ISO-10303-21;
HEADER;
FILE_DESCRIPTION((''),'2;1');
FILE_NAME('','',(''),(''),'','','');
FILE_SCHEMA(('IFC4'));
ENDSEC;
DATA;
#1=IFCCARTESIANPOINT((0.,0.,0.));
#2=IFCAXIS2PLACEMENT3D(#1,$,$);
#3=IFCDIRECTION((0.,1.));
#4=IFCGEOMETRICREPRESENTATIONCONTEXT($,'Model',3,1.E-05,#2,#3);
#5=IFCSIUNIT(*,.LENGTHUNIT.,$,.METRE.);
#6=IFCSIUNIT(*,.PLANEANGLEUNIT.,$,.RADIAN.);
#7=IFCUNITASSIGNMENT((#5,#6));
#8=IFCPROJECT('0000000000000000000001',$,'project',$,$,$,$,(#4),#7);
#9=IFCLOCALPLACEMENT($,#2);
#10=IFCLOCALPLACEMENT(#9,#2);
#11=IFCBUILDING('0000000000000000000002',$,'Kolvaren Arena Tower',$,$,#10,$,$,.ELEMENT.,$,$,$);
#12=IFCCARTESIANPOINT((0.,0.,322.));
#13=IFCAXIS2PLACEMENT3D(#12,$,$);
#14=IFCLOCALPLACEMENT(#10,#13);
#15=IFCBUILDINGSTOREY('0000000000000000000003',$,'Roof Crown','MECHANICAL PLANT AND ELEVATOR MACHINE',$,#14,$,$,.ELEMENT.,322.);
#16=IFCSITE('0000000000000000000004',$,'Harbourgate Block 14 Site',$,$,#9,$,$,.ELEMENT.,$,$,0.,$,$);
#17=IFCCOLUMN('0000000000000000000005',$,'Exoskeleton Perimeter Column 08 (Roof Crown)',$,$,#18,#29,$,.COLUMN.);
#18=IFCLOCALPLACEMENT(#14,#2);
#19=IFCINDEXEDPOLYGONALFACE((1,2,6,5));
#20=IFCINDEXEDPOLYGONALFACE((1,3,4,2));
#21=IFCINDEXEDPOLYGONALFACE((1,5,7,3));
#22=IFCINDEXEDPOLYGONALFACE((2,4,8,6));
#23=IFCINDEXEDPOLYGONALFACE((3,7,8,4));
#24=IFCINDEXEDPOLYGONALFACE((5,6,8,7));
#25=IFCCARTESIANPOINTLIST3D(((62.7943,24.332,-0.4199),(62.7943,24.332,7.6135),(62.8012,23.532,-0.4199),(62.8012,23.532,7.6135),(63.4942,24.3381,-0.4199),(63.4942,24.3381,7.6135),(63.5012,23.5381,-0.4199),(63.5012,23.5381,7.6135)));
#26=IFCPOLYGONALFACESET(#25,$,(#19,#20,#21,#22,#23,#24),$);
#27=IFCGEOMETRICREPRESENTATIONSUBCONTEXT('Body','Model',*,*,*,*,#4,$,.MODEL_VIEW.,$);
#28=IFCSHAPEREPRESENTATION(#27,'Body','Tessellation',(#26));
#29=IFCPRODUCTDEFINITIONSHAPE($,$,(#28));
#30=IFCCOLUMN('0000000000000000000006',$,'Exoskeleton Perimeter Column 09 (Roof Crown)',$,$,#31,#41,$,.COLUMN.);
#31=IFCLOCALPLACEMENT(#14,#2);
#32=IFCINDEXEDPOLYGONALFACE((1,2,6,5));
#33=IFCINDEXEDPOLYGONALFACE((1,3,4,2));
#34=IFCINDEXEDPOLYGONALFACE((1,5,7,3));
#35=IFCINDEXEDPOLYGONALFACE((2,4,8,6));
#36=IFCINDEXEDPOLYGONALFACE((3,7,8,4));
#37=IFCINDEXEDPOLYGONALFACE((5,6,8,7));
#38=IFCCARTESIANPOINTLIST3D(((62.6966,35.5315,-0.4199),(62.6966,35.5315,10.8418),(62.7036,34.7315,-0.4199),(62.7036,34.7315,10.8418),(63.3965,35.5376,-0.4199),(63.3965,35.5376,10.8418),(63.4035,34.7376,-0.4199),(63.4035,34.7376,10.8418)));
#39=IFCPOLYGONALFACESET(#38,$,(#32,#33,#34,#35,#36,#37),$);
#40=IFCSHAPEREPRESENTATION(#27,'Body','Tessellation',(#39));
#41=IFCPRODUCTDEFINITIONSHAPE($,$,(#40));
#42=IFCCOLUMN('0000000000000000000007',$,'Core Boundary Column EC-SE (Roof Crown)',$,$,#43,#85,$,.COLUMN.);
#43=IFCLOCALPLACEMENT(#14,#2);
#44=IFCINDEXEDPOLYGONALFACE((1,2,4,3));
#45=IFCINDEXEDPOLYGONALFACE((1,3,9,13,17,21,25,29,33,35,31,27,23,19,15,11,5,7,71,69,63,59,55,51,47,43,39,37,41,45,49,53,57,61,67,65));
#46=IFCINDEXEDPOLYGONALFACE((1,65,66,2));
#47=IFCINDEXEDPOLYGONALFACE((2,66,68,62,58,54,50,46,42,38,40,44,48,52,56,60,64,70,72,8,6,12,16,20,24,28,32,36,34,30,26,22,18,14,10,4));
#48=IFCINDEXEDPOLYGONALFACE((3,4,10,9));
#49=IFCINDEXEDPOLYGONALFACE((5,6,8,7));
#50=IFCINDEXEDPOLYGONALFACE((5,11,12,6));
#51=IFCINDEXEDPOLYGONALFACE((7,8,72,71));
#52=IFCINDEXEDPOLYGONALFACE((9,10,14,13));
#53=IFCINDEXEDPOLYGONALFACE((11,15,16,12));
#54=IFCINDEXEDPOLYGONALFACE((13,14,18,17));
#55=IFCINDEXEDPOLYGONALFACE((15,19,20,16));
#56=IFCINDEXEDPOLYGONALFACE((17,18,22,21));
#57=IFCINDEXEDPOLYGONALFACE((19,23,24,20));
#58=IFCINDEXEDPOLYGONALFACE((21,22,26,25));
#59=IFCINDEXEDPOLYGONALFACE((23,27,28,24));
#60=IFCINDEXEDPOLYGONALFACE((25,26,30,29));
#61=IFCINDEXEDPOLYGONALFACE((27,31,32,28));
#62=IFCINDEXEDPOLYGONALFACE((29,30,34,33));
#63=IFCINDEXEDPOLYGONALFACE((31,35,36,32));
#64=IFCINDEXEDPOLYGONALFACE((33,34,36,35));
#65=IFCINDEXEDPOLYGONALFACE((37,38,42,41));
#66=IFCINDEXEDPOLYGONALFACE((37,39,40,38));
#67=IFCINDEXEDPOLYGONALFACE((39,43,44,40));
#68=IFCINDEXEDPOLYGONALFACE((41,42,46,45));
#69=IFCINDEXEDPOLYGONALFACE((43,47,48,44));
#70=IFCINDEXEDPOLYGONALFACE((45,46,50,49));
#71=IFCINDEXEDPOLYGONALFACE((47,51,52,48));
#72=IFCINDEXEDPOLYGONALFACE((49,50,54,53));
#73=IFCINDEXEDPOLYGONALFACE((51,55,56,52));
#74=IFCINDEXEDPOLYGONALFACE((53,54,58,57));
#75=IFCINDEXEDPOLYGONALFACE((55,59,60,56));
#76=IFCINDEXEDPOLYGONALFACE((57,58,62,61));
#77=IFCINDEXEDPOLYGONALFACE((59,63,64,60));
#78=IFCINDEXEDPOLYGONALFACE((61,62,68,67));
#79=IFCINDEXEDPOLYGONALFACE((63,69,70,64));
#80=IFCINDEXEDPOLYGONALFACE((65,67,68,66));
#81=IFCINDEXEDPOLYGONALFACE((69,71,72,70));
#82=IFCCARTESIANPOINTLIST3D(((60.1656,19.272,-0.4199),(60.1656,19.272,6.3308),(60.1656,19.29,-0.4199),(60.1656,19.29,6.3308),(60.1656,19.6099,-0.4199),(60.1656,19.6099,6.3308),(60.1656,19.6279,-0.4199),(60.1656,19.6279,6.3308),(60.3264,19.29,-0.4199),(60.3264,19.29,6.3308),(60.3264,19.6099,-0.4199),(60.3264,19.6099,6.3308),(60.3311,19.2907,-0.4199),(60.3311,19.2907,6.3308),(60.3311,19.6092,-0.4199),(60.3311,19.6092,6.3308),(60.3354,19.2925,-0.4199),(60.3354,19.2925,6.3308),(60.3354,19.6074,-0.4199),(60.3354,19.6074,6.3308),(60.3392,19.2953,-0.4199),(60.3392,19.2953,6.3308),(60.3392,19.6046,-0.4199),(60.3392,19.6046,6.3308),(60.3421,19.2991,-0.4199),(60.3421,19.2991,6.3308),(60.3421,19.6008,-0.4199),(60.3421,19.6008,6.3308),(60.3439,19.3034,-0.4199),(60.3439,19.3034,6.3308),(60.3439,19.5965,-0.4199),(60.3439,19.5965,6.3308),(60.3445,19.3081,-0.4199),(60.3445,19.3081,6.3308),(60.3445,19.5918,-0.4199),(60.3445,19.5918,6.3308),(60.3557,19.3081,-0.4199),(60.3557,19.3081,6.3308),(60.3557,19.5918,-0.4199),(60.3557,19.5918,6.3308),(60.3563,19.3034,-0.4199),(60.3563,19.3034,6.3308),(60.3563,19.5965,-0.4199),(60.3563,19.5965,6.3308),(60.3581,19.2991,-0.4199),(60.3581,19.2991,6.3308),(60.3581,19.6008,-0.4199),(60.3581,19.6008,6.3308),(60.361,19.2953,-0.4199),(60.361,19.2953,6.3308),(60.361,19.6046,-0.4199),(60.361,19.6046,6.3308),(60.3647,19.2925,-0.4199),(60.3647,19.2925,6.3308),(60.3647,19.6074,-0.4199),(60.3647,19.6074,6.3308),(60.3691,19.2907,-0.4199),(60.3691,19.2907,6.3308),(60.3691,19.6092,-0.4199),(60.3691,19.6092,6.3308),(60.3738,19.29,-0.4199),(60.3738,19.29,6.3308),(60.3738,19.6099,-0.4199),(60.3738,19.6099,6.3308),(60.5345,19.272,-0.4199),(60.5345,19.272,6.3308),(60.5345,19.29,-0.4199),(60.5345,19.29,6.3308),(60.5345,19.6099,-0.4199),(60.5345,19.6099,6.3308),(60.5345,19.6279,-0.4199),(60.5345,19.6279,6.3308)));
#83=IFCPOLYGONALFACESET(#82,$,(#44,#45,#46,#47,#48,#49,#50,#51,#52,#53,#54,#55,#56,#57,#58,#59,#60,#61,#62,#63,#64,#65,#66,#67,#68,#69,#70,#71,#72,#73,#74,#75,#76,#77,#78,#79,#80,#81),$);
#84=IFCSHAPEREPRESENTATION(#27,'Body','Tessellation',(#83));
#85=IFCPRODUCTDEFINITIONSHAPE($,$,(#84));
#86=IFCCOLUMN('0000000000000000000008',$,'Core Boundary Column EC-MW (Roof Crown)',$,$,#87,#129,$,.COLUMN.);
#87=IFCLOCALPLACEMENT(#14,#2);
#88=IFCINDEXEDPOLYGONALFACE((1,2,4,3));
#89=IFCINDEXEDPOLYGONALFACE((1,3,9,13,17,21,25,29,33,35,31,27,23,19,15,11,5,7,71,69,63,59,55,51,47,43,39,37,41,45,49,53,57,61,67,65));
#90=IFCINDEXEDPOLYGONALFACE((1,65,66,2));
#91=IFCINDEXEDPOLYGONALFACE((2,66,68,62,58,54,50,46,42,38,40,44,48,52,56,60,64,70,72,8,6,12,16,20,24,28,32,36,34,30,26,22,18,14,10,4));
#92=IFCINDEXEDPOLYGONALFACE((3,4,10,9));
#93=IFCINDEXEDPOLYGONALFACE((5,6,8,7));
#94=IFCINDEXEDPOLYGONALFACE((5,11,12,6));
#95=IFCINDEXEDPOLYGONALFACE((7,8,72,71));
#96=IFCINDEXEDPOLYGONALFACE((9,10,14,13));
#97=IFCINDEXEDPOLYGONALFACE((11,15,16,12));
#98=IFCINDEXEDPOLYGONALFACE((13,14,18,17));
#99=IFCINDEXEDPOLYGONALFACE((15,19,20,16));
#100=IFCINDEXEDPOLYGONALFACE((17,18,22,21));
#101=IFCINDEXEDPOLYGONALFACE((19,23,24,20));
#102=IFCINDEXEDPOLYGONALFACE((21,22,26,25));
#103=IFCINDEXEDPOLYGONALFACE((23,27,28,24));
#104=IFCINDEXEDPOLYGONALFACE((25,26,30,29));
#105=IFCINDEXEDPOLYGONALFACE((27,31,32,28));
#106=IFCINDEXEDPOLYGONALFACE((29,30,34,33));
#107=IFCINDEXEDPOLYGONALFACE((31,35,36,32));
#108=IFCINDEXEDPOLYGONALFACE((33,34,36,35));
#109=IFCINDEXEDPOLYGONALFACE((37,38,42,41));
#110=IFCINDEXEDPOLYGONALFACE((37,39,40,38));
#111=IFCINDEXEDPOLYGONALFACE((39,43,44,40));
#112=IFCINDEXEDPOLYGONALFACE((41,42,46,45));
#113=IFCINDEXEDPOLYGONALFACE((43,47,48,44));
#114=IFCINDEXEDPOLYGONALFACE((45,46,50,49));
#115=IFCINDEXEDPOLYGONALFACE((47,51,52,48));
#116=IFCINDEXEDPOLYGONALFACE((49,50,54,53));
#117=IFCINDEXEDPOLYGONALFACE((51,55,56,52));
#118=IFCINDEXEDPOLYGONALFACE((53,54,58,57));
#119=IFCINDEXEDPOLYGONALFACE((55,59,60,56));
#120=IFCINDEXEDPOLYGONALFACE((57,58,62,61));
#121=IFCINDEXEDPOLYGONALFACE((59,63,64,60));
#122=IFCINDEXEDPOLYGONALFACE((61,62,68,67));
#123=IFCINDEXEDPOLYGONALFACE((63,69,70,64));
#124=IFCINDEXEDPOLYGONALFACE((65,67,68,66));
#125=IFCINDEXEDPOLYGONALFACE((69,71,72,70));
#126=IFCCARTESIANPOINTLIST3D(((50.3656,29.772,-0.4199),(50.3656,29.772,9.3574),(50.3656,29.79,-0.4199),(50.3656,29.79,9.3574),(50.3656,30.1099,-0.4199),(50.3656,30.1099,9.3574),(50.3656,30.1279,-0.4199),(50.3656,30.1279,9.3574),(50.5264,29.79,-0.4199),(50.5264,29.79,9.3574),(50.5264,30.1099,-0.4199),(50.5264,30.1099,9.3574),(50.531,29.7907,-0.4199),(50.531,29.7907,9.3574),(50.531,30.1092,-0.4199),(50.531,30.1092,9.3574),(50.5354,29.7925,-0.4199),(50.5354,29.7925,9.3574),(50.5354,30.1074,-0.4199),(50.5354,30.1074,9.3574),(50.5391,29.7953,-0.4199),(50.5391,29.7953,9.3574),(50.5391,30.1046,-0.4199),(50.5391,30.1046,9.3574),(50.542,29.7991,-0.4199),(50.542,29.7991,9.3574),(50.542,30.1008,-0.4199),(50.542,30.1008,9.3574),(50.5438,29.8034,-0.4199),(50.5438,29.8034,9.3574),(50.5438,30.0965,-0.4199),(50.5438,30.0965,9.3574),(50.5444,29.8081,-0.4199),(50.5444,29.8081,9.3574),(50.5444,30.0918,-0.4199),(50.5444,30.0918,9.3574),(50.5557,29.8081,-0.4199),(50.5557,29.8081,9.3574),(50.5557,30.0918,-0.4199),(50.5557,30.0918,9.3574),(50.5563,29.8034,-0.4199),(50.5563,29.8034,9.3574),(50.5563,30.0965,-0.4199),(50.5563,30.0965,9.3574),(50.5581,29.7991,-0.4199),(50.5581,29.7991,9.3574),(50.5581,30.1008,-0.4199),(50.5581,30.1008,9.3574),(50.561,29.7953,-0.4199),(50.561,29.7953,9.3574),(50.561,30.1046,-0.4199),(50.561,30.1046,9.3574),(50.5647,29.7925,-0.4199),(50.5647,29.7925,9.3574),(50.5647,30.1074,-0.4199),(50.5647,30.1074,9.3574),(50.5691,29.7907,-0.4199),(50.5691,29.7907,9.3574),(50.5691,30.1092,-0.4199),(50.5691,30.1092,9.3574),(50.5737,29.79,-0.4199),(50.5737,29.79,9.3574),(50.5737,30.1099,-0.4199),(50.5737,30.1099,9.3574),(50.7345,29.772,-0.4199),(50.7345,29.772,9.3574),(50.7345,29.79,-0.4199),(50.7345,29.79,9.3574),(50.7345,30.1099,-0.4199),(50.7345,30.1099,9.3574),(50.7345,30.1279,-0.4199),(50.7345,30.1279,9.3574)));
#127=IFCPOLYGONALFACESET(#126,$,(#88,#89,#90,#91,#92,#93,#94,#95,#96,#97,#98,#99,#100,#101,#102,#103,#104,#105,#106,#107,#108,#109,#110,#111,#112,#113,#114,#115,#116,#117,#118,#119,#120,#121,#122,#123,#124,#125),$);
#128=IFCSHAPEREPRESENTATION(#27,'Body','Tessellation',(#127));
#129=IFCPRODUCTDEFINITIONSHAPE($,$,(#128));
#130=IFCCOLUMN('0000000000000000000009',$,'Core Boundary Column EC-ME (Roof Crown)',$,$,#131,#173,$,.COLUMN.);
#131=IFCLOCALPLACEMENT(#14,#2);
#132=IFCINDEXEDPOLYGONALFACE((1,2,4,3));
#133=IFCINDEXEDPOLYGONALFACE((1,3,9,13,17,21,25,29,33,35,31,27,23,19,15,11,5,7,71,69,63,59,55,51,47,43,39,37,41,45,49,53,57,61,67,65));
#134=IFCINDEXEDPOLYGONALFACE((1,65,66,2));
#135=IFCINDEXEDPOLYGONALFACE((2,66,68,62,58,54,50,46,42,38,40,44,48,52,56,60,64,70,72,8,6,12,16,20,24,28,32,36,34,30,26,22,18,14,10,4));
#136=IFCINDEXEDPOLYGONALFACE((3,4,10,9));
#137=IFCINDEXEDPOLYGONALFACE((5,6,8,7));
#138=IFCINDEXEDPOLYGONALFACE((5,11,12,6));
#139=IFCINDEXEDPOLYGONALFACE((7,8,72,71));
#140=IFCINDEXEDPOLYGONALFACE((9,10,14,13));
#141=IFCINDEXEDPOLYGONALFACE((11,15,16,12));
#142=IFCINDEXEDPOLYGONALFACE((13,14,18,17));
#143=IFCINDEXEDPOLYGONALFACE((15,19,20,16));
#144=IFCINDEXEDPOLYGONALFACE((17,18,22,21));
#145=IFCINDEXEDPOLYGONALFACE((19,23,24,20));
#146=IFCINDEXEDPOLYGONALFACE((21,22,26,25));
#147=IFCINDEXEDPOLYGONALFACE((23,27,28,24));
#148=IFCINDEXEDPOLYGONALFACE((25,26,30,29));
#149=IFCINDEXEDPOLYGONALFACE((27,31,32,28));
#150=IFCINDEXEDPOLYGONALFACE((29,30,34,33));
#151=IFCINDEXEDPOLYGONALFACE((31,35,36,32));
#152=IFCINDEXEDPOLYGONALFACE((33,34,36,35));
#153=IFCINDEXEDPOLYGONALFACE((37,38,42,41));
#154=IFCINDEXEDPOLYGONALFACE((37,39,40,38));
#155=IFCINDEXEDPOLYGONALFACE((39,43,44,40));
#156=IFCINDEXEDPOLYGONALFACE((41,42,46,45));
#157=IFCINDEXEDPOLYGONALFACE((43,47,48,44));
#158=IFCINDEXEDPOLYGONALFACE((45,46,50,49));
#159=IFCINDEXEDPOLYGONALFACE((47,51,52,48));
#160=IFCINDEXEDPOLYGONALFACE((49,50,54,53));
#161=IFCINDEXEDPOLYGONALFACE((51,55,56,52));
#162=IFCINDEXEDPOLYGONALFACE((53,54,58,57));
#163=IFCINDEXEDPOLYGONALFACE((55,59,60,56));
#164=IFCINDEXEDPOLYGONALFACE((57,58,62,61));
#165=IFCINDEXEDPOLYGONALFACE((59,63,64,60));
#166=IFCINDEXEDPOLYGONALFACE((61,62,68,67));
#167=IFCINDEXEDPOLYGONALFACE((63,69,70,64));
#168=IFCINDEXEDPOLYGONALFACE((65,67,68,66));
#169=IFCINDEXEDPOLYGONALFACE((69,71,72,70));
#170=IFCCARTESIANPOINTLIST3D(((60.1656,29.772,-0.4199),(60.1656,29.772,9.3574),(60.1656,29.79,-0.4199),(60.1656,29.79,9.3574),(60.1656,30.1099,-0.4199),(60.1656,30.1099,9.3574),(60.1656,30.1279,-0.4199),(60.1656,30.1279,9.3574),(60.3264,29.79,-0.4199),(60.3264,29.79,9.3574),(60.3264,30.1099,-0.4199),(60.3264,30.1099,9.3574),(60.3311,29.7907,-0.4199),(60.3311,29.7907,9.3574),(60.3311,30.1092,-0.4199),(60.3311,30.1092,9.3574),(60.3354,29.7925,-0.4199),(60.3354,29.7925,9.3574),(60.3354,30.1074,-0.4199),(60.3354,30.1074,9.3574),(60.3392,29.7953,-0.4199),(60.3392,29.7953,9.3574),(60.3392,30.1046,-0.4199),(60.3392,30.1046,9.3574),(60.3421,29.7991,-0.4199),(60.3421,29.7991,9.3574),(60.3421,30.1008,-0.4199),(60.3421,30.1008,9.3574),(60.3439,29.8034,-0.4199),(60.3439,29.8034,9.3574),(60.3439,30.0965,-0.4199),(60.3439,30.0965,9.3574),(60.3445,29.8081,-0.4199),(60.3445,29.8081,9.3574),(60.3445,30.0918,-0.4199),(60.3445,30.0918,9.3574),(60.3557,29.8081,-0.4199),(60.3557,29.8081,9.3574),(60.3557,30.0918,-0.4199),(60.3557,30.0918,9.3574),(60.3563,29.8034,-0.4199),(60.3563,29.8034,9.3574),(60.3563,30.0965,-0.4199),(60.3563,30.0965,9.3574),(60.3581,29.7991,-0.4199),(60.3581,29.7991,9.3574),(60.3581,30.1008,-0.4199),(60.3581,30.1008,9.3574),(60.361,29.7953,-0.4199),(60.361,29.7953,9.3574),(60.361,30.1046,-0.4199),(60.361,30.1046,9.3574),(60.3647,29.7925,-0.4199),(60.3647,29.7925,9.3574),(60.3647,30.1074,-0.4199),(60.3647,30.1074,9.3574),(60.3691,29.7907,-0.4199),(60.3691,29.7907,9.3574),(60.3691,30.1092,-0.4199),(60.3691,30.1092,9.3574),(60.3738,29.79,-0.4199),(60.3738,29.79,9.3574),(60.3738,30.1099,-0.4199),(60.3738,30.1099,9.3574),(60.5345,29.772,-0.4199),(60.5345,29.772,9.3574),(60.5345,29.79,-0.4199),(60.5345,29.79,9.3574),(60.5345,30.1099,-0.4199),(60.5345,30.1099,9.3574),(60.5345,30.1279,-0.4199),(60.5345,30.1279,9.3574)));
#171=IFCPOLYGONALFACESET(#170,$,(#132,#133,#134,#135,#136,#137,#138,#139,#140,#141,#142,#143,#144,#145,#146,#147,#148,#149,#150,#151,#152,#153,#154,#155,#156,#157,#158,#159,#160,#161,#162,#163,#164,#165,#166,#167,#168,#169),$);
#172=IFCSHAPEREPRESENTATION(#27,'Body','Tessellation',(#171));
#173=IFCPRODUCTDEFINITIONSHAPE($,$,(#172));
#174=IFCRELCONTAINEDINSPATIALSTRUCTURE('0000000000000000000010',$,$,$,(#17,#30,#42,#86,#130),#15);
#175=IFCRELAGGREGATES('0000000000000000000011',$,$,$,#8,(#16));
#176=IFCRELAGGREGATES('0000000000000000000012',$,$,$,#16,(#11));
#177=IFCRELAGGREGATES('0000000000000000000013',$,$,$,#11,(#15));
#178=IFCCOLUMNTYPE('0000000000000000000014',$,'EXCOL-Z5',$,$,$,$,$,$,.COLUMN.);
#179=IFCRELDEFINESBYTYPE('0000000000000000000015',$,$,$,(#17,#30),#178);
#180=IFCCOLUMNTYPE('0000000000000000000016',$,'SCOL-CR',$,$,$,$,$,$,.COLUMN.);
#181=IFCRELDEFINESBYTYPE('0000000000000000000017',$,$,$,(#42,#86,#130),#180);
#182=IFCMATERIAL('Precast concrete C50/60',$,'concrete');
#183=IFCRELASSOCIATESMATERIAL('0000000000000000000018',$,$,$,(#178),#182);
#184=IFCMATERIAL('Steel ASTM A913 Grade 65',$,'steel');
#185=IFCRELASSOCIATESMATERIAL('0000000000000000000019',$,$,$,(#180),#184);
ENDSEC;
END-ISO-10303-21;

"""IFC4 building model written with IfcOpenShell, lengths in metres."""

from ifc_helpers import new_model, si_unit, direction, frame, origin, origin_2d, place, context, subcontext, project, spatial, rectangle, i_section, extrude, material, material_profile, profile_set, type_object, element, save


model = new_model("IFC4")

# Units and contexts
model_context = context("Model", 3, precision=1e-05, world=origin(), true_north=direction((0.0, 1.0)))
body_context = subcontext(model_context, "Body", "Model", "MODEL_VIEW")
ifc_project = project(units=[si_unit("LENGTHUNIT", "METRE"), si_unit("PLANEANGLEUNIT", "RADIAN")], contexts=[model_context])

# Site, building, storey
site_placement = place(None, origin())
site = spatial("IfcSite", under=ifc_project, at=site_placement, Name="Harbourgate Block 14 Site", CompositionType="ELEMENT", RefElevation=0.0)
building_placement = place(site_placement, origin())
building = spatial("IfcBuilding", under=site, at=building_placement, Name="Kolvaren Arena Tower", CompositionType="ELEMENT")
storey_placement = place(building_placement, frame((0.0, 0.0, 322.0)))
storey = spatial("IfcBuildingStorey", under=building, at=storey_placement, Name="Roof Crown", Description="MECHANICAL PLANT AND ELEVATOR MACHINE", CompositionType="ELEMENT", Elevation=322.0)

# Columns
ifc_material_1 = material(Name="Precast concrete C50/60", Category="concrete")
ifc_material_profile_1 = material_profile(ifc_material_1, rectangle(XDim=0.8, YDim=0.7, at=origin_2d()), Name="RC-800x700")
ifc_profile_set_1 = profile_set([ifc_material_profile_1], Name="Precast concrete C50/60")
column_type_1 = type_object("IfcColumnType", Name="EXCOL-Z5", PredefinedType="COLUMN", material=ifc_profile_set_1)
column_1_placement = place(storey_placement, frame((63.1477, 23.9351, -0.4199), z_axis=(0.0, 0.0, 1.0), x_axis=(-0.008727, 0.999962, 0.0)))
element("IfcColumn", 1, at=column_1_placement, inside=storey, type_object=column_type_1, Name="Exoskeleton Perimeter Column 08 (Roof Crown)", PredefinedType="COLUMN", context=body_context, shape_type="SweptSolid", body=[
    extrude(rectangle(XDim=0.8, YDim=0.7, at=origin_2d()), origin(), (0.0, 0.0, 1.0), 8.0334),
])
column_2_placement = place(storey_placement, frame((63.05, 35.1345, -0.4199), z_axis=(0.0, 0.0, 1.0), x_axis=(-0.008727, 0.999962, 0.0)))
element("IfcColumn", 2, at=column_2_placement, inside=storey, type_object=column_type_1, Name="Exoskeleton Perimeter Column 09 (Roof Crown)", PredefinedType="COLUMN", context=body_context, shape_type="SweptSolid", body=[
    extrude(rectangle(XDim=0.8, YDim=0.7, at=origin_2d()), origin(), (0.0, 0.0, 1.0), 11.2617),
])
ifc_material_2 = material(Name="Steel ASTM A913 Grade 65", Category="steel")
ifc_material_profile_2 = material_profile(ifc_material_2, i_section(OverallWidth=0.3689, OverallDepth=0.356, WebThickness=0.0112, FlangeThickness=0.0181, FilletRadius=0.0181, at=origin_2d()), Name="W360x134")
ifc_profile_set_2 = profile_set([ifc_material_profile_2], Name="Steel ASTM A913 Grade 65")
column_type_2 = type_object("IfcColumnType", Name="SCOL-CR", PredefinedType="COLUMN", material=ifc_profile_set_2)
column_3_placement = place(storey_placement, frame((60.3501, 19.45, -0.4199), z_axis=(0.0, 0.0, 1.0), x_axis=(1.0, 0.0, 0.0)))
element("IfcColumn", 3, at=column_3_placement, inside=storey, type_object=column_type_2, Name="Core Boundary Column EC-SE (Roof Crown)", PredefinedType="COLUMN", context=body_context, shape_type="SweptSolid", body=[
    extrude(i_section(OverallWidth=0.3689, OverallDepth=0.356, WebThickness=0.0112, FlangeThickness=0.0181, FilletRadius=0.0181, at=origin_2d()), origin(), (0.0, 0.0, 1.0), 6.7507),
])
for number, where, z_axis, x_axis, name in (
    (4, (50.55, 29.95, -0.4199), (0.0, 0.0, 1.0), (1.0, 0.0, 0.0), "Core Boundary Column EC-MW (Roof Crown)"),
    (5, (60.3501, 29.95, -0.4199), (0.0, 0.0, 1.0), (1.0, 0.0, 0.0), "Core Boundary Column EC-ME (Roof Crown)"),
):
    element("IfcColumn", number, at=place(storey_placement, frame(where, z_axis=z_axis, x_axis=x_axis)), inside=storey, type_object=column_type_2, Name=name, PredefinedType="COLUMN", context=body_context, shape_type="SweptSolid", body=[
        extrude(i_section(OverallWidth=0.3689, OverallDepth=0.356, WebThickness=0.0112, FlangeThickness=0.0181, FilletRadius=0.0181, at=origin_2d()), origin(), (0.0, 0.0, 1.0), 9.7773),
    ])

save(model, "model.ifc")
